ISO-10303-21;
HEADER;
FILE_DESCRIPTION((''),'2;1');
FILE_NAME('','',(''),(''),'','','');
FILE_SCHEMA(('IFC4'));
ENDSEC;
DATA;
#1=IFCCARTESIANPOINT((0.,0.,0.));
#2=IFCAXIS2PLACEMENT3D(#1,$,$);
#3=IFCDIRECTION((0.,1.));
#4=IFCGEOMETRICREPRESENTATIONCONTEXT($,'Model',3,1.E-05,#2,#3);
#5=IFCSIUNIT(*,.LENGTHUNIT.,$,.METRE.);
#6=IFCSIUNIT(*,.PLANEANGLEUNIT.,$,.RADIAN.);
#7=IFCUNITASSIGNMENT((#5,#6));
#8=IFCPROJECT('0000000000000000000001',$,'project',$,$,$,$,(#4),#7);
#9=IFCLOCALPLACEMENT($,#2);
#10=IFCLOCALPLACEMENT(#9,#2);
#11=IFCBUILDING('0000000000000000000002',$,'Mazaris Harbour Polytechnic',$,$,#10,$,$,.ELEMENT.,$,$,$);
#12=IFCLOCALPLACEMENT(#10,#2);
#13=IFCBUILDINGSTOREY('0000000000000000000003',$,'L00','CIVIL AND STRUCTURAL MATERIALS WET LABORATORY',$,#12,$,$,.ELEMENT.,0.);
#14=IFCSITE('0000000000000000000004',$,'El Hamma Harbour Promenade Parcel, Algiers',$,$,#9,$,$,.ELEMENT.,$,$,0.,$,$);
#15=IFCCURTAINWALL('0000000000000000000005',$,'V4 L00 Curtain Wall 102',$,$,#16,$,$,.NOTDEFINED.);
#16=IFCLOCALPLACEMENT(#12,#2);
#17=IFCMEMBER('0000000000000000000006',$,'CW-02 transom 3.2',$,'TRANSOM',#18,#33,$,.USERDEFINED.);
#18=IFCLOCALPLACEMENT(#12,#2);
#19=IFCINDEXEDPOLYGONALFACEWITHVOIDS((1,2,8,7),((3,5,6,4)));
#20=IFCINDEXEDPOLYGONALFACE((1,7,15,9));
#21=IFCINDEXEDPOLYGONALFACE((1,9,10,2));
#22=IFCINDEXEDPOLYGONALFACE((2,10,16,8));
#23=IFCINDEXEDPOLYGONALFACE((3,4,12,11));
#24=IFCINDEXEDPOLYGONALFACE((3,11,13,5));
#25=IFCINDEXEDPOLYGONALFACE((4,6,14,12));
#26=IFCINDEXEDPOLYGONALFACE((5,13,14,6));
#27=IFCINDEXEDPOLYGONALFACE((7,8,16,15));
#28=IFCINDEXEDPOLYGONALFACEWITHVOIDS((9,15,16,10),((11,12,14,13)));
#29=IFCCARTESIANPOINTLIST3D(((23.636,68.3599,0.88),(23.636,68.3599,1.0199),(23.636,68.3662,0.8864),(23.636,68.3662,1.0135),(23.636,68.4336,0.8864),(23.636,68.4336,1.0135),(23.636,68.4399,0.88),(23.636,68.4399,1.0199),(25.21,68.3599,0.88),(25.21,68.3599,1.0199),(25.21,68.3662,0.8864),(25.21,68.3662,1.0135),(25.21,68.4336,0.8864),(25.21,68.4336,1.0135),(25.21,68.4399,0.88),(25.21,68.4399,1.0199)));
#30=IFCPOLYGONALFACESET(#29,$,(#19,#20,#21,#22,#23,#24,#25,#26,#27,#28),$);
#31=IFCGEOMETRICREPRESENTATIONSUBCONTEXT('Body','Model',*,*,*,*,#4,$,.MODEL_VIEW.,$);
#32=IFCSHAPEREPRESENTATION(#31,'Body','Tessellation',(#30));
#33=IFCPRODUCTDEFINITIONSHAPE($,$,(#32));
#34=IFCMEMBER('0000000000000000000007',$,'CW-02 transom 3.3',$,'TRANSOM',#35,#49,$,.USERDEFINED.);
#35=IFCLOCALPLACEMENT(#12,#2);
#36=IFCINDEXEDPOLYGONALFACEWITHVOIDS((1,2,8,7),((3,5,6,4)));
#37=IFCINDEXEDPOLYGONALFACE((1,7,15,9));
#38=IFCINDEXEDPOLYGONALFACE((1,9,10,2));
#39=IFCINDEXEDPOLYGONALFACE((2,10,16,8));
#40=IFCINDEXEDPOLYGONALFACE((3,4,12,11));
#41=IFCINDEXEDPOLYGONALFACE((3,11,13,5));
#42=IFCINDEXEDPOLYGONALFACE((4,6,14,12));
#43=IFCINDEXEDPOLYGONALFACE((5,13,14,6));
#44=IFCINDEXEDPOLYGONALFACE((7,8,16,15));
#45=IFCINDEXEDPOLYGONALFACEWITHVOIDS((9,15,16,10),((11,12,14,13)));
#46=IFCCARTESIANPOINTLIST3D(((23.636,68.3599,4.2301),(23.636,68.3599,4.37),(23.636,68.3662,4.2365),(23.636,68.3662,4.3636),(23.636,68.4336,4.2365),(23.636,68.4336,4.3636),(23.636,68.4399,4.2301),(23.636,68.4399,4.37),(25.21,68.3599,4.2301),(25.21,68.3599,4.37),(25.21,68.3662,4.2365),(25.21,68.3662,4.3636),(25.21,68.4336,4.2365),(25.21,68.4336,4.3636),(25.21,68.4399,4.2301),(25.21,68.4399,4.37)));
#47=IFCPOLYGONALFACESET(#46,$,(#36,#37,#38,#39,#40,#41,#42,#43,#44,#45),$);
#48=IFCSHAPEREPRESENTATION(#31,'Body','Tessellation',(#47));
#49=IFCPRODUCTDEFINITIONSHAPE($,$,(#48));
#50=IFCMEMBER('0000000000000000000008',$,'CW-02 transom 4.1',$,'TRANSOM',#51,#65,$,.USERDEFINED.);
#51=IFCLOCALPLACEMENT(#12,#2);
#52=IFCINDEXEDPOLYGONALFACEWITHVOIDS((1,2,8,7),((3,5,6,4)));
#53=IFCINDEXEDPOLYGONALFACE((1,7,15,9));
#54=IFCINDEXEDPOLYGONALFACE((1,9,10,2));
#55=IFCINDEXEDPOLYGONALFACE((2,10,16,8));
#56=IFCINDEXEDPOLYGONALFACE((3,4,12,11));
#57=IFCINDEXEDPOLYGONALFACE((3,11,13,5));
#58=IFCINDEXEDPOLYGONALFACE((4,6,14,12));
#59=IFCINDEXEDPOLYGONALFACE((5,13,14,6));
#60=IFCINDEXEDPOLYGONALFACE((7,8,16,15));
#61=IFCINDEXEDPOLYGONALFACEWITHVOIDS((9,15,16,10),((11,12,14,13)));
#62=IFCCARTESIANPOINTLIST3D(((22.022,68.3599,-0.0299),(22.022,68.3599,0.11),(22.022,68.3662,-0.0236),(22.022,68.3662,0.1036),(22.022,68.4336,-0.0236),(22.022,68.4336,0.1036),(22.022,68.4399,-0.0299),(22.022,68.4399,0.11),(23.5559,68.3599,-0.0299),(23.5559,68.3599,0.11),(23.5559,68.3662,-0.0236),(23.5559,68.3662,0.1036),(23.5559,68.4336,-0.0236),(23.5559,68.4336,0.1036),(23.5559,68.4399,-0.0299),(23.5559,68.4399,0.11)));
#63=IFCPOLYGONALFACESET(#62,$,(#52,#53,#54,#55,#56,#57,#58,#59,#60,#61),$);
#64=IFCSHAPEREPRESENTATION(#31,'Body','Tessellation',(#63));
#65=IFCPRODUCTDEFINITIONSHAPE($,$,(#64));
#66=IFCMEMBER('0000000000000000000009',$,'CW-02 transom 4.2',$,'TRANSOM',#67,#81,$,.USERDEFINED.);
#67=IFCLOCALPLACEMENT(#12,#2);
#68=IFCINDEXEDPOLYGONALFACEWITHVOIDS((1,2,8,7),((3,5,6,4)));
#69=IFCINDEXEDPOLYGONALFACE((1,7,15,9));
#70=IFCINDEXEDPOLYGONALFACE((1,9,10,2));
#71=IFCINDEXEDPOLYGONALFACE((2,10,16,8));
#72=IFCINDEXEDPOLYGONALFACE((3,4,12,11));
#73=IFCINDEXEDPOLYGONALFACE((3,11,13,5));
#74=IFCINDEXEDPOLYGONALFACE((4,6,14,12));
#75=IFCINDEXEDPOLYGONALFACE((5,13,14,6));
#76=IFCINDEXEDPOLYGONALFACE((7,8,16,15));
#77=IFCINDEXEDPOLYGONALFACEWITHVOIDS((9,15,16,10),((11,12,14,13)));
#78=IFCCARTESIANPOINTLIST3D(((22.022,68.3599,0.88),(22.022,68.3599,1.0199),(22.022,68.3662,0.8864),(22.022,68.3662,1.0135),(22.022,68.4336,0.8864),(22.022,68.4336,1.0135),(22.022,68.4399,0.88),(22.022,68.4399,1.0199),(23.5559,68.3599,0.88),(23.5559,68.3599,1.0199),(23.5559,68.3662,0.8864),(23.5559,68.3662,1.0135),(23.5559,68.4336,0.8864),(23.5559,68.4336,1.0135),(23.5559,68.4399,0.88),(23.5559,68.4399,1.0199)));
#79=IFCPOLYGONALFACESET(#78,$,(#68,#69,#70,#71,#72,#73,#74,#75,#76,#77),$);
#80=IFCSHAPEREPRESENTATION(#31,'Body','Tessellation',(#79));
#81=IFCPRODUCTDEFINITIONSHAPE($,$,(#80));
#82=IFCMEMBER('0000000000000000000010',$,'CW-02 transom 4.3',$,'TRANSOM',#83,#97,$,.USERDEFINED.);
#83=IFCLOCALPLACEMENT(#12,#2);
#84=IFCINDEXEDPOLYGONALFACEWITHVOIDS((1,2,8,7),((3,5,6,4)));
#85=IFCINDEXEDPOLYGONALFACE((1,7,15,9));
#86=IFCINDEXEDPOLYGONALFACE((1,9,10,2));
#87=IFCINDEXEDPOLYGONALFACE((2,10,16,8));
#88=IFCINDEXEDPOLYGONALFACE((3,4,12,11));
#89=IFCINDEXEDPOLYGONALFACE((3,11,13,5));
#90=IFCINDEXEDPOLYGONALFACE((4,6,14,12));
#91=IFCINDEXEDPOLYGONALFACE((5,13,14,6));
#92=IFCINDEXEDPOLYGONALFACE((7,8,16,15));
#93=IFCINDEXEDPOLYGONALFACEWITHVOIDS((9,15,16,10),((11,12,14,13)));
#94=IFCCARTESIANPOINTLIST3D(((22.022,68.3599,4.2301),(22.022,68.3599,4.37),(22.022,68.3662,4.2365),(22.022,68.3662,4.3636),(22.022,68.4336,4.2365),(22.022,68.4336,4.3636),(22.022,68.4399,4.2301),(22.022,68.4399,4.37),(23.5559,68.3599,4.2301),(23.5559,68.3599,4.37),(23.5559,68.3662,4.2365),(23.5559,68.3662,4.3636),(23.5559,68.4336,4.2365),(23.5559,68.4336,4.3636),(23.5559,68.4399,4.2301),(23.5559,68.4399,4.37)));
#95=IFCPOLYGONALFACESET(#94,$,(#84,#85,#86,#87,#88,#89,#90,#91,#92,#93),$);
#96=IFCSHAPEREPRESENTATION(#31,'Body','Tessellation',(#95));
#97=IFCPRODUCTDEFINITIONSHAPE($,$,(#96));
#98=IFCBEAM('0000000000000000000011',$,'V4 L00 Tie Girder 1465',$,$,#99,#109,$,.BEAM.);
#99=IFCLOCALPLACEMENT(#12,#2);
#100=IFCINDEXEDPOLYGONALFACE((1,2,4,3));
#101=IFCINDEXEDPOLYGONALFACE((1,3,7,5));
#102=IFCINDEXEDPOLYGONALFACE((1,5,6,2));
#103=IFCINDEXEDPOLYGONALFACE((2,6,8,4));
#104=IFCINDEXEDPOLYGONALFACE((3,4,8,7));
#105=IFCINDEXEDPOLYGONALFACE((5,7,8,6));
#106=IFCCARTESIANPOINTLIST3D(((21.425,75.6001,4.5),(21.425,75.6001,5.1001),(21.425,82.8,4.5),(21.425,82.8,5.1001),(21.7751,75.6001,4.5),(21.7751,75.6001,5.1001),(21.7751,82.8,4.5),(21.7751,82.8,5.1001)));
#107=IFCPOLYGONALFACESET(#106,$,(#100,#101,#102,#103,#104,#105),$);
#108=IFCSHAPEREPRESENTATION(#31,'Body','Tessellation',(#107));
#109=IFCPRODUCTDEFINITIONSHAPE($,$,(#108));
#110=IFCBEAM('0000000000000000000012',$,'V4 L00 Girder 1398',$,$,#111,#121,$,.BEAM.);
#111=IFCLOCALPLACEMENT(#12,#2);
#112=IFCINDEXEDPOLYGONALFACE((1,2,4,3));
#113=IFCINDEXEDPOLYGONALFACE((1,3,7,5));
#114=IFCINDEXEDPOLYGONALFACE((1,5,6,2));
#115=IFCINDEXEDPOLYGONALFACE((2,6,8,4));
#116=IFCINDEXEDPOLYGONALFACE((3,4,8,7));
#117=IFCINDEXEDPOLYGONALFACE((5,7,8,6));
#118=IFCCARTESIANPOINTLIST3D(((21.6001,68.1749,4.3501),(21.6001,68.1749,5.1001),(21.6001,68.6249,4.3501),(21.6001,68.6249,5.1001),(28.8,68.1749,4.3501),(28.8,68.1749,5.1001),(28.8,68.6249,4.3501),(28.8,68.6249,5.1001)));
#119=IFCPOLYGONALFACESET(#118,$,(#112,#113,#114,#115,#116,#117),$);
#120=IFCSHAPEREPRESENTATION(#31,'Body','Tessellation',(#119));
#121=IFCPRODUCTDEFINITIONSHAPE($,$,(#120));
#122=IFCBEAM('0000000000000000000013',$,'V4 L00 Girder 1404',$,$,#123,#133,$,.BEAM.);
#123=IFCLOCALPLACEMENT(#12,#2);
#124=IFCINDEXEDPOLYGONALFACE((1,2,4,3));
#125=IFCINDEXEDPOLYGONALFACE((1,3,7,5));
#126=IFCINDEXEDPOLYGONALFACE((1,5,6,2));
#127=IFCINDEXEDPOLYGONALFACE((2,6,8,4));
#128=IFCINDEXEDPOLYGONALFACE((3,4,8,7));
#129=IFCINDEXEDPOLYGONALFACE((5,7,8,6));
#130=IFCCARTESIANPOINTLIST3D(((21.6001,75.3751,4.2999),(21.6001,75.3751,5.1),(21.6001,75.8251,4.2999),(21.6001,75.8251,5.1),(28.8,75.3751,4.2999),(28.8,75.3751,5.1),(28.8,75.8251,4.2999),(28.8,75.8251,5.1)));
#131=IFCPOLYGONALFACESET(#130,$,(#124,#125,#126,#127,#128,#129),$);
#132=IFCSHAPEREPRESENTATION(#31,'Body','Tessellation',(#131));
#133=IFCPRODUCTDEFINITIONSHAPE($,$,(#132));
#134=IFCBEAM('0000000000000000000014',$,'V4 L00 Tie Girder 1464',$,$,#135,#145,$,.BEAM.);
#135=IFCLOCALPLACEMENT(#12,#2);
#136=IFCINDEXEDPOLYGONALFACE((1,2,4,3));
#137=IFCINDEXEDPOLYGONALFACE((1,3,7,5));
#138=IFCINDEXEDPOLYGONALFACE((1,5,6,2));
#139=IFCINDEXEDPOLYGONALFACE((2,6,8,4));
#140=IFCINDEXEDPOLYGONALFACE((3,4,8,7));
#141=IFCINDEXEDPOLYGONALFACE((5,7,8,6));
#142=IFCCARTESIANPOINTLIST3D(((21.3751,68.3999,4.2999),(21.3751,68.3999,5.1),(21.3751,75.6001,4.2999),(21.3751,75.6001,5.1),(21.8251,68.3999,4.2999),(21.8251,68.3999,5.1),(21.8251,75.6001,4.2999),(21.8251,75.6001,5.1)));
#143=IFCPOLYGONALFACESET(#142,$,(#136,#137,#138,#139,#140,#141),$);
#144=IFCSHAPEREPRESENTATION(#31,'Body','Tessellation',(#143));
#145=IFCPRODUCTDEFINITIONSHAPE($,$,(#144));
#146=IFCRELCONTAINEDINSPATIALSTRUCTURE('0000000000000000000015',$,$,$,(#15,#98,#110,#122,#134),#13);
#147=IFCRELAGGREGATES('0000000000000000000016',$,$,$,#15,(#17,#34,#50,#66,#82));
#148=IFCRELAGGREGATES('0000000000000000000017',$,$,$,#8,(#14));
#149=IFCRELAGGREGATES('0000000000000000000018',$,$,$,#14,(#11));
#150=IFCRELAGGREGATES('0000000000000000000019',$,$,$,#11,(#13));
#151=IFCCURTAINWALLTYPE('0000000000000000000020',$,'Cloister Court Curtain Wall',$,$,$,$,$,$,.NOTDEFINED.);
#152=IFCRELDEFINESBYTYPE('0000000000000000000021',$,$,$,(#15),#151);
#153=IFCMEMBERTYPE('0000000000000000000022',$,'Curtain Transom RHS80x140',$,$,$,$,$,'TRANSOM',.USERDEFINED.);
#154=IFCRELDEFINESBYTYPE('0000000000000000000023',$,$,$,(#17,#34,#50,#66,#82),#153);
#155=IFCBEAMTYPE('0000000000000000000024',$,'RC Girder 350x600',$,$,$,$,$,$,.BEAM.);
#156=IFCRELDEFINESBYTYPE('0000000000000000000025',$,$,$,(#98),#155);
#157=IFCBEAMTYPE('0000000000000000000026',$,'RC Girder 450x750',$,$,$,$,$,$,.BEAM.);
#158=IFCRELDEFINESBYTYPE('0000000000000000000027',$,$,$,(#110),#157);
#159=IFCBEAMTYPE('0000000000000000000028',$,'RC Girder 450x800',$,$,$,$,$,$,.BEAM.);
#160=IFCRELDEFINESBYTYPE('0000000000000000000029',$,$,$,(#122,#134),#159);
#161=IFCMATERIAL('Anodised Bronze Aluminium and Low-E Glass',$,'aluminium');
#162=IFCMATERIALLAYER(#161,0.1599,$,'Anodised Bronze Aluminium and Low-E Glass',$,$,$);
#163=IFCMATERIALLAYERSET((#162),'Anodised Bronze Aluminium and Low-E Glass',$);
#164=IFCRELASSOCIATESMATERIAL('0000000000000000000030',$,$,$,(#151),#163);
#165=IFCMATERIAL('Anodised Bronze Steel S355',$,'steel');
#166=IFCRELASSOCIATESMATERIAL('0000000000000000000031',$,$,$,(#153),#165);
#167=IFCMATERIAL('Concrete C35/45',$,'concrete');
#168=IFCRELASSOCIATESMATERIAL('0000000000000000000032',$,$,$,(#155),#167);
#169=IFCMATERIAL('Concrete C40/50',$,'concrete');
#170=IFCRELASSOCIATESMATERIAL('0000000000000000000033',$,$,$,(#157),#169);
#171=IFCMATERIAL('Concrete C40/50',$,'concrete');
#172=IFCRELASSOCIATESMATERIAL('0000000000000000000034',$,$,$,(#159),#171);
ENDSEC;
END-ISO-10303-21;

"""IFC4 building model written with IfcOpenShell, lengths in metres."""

from ifc_helpers import new_model, si_unit, direction, frame, origin, origin_2d, place, context, subcontext, project, spatial, rectangle, hollow_rectangle, extrude, material, layer, layer_set, material_profile, profile_set, type_object, element, aggregate, save


model = new_model("IFC4")

# Units and contexts
model_context = context("Model", 3, precision=1e-05, world=origin(), true_north=direction((0.0, 1.0)))
body_context = subcontext(model_context, "Body", "Model", "MODEL_VIEW")
ifc_project = project(units=[si_unit("LENGTHUNIT", "METRE"), si_unit("PLANEANGLEUNIT", "RADIAN")], contexts=[model_context])

# Site, building, storey
site_placement = place(None, origin())
site = spatial("IfcSite", under=ifc_project, at=site_placement, Name="El Hamma Harbour Promenade Parcel, Algiers", CompositionType="ELEMENT", RefElevation=0.0)
building_placement = place(site_placement, origin())
building = spatial("IfcBuilding", under=site, at=building_placement, Name="Mazaris Harbour Polytechnic", CompositionType="ELEMENT")
storey_placement = place(building_placement, origin())
storey = spatial("IfcBuildingStorey", under=building, at=storey_placement, Name="L00", Description="CIVIL AND STRUCTURAL MATERIALS WET LABORATORY", CompositionType="ELEMENT", Elevation=0.0)

# Shared definitions
ifc_material_1 = material(Name="Anodised Bronze Aluminium and Low-E Glass", Category="aluminium")
ifc_layer_1 = layer(ifc_material_1, 0.1599, Name="Anodised Bronze Aluminium and Low-E Glass")
ifc_layer_set_1 = layer_set([ifc_layer_1], Name="Anodised Bronze Aluminium and Low-E Glass")
curtain_wall_type = type_object("IfcCurtainWallType", Name="Cloister Court Curtain Wall", PredefinedType="NOTDEFINED", material=ifc_layer_set_1)

# Curtain wall
curtain_wall_1_placement = place(storey_placement, origin())
curtain_wall_1 = element("IfcCurtainWall", 1, at=curtain_wall_1_placement, inside=storey, type_object=curtain_wall_type, Name="V4 L00 Curtain Wall 102", PredefinedType="NOTDEFINED")

# Members
ifc_material_2 = material(Name="Anodised Bronze Steel S355", Category="steel")
ifc_material_profile_1 = material_profile(ifc_material_2, hollow_rectangle(XDim=0.0801, YDim=0.1399, WallThickness=0.0063, at=origin_2d()), Name="RHS 80x140x6.3")
ifc_profile_set_1 = profile_set([ifc_material_profile_1], Name="Anodised Bronze Steel S355")
member_type_1 = type_object("IfcMemberType", Name="Curtain Transom RHS80x140", ElementType="TRANSOM", PredefinedType="USERDEFINED", material=ifc_profile_set_1)
member_1_placement = place(storey_placement, frame((25.21, 68.3999, 0.95), z_axis=(-1.0, 0.0, 0.0), x_axis=(0.0, -1.0, 0.0)))
member_1 = element("IfcMember", 2, at=member_1_placement, type_object=member_type_1, Name="CW-02 transom 3.2", ObjectType="TRANSOM", PredefinedType="USERDEFINED", context=body_context, shape_type="SweptSolid", body=[
    extrude(hollow_rectangle(XDim=0.0801, YDim=0.1399, WallThickness=0.0063, at=origin_2d()), origin(), (0.0, 0.0, 1.0), 1.574),
])
member_2_placement = place(storey_placement, frame((25.21, 68.3999, 4.3), z_axis=(-1.0, 0.0, 0.0), x_axis=(0.0, -1.0, 0.0)))
member_2 = element("IfcMember", 3, at=member_2_placement, type_object=member_type_1, Name="CW-02 transom 3.3", ObjectType="TRANSOM", PredefinedType="USERDEFINED", context=body_context, shape_type="SweptSolid", body=[
    extrude(hollow_rectangle(XDim=0.0801, YDim=0.1399, WallThickness=0.0063, at=origin_2d()), origin(), (0.0, 0.0, 1.0), 1.574),
])
member_3_placement = place(storey_placement, frame((23.5559, 68.3999, 0.04), z_axis=(-1.0, 0.0, 0.0), x_axis=(0.0, -1.0, 0.0)))
member_3 = element("IfcMember", 4, at=member_3_placement, type_object=member_type_1, Name="CW-02 transom 4.1", ObjectType="TRANSOM", PredefinedType="USERDEFINED", context=body_context, shape_type="SweptSolid", body=[
    extrude(hollow_rectangle(XDim=0.0801, YDim=0.1399, WallThickness=0.0063, at=origin_2d()), origin(), (0.0, 0.0, 1.0), 1.5339),
])
member_4_placement = place(storey_placement, frame((23.5559, 68.3999, 0.95), z_axis=(-1.0, 0.0, 0.0), x_axis=(0.0, -1.0, 0.0)))
member_4 = element("IfcMember", 5, at=member_4_placement, type_object=member_type_1, Name="CW-02 transom 4.2", ObjectType="TRANSOM", PredefinedType="USERDEFINED", context=body_context, shape_type="SweptSolid", body=[
    extrude(hollow_rectangle(XDim=0.0801, YDim=0.1399, WallThickness=0.0063, at=origin_2d()), origin(), (0.0, 0.0, 1.0), 1.5339),
])
member_5_placement = place(storey_placement, frame((23.5559, 68.3999, 4.3), z_axis=(-1.0, 0.0, 0.0), x_axis=(0.0, -1.0, 0.0)))
member_5 = element("IfcMember", 6, at=member_5_placement, type_object=member_type_1, Name="CW-02 transom 4.3", ObjectType="TRANSOM", PredefinedType="USERDEFINED", context=body_context, shape_type="SweptSolid", body=[
    extrude(hollow_rectangle(XDim=0.0801, YDim=0.1399, WallThickness=0.0063, at=origin_2d()), origin(), (0.0, 0.0, 1.0), 1.5339),
])

# Beams
ifc_material_3 = material(Name="Concrete C35/45", Category="concrete")
ifc_material_profile_2 = material_profile(ifc_material_3, rectangle(XDim=0.3501, YDim=0.6001, at=origin_2d()), Name="RECT350x600")
ifc_profile_set_2 = profile_set([ifc_material_profile_2], Name="Concrete C35/45")
beam_type_1 = type_object("IfcBeamType", Name="RC Girder 350x600", PredefinedType="BEAM", material=ifc_profile_set_2)
beam_1_placement = place(storey_placement, frame((21.6001, 75.6001, 4.8), z_axis=(0.0, 1.0, 0.0), x_axis=(-1.0, 0.0, 0.0)))
element("IfcBeam", 7, at=beam_1_placement, inside=storey, type_object=beam_type_1, Name="V4 L00 Tie Girder 1465", PredefinedType="BEAM", context=body_context, shape_type="SweptSolid", body=[
    extrude(rectangle(XDim=0.3501, YDim=0.6001, at=origin_2d()), origin(), (0.0, 0.0, 1.0), 7.2),
])
ifc_material_4 = material(Name="Concrete C40/50", Category="concrete")
ifc_material_profile_3 = material_profile(ifc_material_4, rectangle(XDim=0.45, YDim=0.75, at=origin_2d()), Name="RECT450x750")
ifc_profile_set_3 = profile_set([ifc_material_profile_3], Name="Concrete C40/50")
beam_type_2 = type_object("IfcBeamType", Name="RC Girder 450x750", PredefinedType="BEAM", material=ifc_profile_set_3)
beam_2_placement = place(storey_placement, frame((21.6001, 68.3999, 4.7251), z_axis=(1.0, 0.0, 0.0), x_axis=(0.0, 1.0, 0.0)))
element("IfcBeam", 8, at=beam_2_placement, inside=storey, type_object=beam_type_2, Name="V4 L00 Girder 1398", PredefinedType="BEAM", context=body_context, shape_type="SweptSolid", body=[
    extrude(rectangle(XDim=0.45, YDim=0.75, at=origin_2d()), origin(), (0.0, 0.0, 1.0), 7.2),
])
ifc_material_5 = material(Name="Concrete C40/50", Category="concrete")
ifc_material_profile_4 = material_profile(ifc_material_5, rectangle(XDim=0.45, YDim=0.8, at=origin_2d()), Name="RECT450x800")
ifc_profile_set_4 = profile_set([ifc_material_profile_4], Name="Concrete C40/50")
beam_type_3 = type_object("IfcBeamType", Name="RC Girder 450x800", PredefinedType="BEAM", material=ifc_profile_set_4)
beam_3_placement = place(storey_placement, frame((21.6001, 75.6001, 4.7), z_axis=(1.0, 0.0, 0.0), x_axis=(0.0, 1.0, 0.0)))
element("IfcBeam", 9, at=beam_3_placement, inside=storey, type_object=beam_type_3, Name="V4 L00 Girder 1404", PredefinedType="BEAM", context=body_context, shape_type="SweptSolid", body=[
    extrude(rectangle(XDim=0.45, YDim=0.8, at=origin_2d()), origin(), (0.0, 0.0, 1.0), 7.2),
])
beam_4_placement = place(storey_placement, frame((21.6001, 68.3999, 4.7), z_axis=(0.0, 1.0, 0.0), x_axis=(-1.0, 0.0, 0.0)))
element("IfcBeam", 10, at=beam_4_placement, inside=storey, type_object=beam_type_3, Name="V4 L00 Tie Girder 1464", PredefinedType="BEAM", context=body_context, shape_type="SweptSolid", body=[
    extrude(rectangle(XDim=0.45, YDim=0.8, at=origin_2d()), origin(), (0.0, 0.0, 1.0), 7.2002),
])

aggregate(curtain_wall_1, [member_1, member_2, member_3, member_4, member_5])

save(model, "model.ifc")
